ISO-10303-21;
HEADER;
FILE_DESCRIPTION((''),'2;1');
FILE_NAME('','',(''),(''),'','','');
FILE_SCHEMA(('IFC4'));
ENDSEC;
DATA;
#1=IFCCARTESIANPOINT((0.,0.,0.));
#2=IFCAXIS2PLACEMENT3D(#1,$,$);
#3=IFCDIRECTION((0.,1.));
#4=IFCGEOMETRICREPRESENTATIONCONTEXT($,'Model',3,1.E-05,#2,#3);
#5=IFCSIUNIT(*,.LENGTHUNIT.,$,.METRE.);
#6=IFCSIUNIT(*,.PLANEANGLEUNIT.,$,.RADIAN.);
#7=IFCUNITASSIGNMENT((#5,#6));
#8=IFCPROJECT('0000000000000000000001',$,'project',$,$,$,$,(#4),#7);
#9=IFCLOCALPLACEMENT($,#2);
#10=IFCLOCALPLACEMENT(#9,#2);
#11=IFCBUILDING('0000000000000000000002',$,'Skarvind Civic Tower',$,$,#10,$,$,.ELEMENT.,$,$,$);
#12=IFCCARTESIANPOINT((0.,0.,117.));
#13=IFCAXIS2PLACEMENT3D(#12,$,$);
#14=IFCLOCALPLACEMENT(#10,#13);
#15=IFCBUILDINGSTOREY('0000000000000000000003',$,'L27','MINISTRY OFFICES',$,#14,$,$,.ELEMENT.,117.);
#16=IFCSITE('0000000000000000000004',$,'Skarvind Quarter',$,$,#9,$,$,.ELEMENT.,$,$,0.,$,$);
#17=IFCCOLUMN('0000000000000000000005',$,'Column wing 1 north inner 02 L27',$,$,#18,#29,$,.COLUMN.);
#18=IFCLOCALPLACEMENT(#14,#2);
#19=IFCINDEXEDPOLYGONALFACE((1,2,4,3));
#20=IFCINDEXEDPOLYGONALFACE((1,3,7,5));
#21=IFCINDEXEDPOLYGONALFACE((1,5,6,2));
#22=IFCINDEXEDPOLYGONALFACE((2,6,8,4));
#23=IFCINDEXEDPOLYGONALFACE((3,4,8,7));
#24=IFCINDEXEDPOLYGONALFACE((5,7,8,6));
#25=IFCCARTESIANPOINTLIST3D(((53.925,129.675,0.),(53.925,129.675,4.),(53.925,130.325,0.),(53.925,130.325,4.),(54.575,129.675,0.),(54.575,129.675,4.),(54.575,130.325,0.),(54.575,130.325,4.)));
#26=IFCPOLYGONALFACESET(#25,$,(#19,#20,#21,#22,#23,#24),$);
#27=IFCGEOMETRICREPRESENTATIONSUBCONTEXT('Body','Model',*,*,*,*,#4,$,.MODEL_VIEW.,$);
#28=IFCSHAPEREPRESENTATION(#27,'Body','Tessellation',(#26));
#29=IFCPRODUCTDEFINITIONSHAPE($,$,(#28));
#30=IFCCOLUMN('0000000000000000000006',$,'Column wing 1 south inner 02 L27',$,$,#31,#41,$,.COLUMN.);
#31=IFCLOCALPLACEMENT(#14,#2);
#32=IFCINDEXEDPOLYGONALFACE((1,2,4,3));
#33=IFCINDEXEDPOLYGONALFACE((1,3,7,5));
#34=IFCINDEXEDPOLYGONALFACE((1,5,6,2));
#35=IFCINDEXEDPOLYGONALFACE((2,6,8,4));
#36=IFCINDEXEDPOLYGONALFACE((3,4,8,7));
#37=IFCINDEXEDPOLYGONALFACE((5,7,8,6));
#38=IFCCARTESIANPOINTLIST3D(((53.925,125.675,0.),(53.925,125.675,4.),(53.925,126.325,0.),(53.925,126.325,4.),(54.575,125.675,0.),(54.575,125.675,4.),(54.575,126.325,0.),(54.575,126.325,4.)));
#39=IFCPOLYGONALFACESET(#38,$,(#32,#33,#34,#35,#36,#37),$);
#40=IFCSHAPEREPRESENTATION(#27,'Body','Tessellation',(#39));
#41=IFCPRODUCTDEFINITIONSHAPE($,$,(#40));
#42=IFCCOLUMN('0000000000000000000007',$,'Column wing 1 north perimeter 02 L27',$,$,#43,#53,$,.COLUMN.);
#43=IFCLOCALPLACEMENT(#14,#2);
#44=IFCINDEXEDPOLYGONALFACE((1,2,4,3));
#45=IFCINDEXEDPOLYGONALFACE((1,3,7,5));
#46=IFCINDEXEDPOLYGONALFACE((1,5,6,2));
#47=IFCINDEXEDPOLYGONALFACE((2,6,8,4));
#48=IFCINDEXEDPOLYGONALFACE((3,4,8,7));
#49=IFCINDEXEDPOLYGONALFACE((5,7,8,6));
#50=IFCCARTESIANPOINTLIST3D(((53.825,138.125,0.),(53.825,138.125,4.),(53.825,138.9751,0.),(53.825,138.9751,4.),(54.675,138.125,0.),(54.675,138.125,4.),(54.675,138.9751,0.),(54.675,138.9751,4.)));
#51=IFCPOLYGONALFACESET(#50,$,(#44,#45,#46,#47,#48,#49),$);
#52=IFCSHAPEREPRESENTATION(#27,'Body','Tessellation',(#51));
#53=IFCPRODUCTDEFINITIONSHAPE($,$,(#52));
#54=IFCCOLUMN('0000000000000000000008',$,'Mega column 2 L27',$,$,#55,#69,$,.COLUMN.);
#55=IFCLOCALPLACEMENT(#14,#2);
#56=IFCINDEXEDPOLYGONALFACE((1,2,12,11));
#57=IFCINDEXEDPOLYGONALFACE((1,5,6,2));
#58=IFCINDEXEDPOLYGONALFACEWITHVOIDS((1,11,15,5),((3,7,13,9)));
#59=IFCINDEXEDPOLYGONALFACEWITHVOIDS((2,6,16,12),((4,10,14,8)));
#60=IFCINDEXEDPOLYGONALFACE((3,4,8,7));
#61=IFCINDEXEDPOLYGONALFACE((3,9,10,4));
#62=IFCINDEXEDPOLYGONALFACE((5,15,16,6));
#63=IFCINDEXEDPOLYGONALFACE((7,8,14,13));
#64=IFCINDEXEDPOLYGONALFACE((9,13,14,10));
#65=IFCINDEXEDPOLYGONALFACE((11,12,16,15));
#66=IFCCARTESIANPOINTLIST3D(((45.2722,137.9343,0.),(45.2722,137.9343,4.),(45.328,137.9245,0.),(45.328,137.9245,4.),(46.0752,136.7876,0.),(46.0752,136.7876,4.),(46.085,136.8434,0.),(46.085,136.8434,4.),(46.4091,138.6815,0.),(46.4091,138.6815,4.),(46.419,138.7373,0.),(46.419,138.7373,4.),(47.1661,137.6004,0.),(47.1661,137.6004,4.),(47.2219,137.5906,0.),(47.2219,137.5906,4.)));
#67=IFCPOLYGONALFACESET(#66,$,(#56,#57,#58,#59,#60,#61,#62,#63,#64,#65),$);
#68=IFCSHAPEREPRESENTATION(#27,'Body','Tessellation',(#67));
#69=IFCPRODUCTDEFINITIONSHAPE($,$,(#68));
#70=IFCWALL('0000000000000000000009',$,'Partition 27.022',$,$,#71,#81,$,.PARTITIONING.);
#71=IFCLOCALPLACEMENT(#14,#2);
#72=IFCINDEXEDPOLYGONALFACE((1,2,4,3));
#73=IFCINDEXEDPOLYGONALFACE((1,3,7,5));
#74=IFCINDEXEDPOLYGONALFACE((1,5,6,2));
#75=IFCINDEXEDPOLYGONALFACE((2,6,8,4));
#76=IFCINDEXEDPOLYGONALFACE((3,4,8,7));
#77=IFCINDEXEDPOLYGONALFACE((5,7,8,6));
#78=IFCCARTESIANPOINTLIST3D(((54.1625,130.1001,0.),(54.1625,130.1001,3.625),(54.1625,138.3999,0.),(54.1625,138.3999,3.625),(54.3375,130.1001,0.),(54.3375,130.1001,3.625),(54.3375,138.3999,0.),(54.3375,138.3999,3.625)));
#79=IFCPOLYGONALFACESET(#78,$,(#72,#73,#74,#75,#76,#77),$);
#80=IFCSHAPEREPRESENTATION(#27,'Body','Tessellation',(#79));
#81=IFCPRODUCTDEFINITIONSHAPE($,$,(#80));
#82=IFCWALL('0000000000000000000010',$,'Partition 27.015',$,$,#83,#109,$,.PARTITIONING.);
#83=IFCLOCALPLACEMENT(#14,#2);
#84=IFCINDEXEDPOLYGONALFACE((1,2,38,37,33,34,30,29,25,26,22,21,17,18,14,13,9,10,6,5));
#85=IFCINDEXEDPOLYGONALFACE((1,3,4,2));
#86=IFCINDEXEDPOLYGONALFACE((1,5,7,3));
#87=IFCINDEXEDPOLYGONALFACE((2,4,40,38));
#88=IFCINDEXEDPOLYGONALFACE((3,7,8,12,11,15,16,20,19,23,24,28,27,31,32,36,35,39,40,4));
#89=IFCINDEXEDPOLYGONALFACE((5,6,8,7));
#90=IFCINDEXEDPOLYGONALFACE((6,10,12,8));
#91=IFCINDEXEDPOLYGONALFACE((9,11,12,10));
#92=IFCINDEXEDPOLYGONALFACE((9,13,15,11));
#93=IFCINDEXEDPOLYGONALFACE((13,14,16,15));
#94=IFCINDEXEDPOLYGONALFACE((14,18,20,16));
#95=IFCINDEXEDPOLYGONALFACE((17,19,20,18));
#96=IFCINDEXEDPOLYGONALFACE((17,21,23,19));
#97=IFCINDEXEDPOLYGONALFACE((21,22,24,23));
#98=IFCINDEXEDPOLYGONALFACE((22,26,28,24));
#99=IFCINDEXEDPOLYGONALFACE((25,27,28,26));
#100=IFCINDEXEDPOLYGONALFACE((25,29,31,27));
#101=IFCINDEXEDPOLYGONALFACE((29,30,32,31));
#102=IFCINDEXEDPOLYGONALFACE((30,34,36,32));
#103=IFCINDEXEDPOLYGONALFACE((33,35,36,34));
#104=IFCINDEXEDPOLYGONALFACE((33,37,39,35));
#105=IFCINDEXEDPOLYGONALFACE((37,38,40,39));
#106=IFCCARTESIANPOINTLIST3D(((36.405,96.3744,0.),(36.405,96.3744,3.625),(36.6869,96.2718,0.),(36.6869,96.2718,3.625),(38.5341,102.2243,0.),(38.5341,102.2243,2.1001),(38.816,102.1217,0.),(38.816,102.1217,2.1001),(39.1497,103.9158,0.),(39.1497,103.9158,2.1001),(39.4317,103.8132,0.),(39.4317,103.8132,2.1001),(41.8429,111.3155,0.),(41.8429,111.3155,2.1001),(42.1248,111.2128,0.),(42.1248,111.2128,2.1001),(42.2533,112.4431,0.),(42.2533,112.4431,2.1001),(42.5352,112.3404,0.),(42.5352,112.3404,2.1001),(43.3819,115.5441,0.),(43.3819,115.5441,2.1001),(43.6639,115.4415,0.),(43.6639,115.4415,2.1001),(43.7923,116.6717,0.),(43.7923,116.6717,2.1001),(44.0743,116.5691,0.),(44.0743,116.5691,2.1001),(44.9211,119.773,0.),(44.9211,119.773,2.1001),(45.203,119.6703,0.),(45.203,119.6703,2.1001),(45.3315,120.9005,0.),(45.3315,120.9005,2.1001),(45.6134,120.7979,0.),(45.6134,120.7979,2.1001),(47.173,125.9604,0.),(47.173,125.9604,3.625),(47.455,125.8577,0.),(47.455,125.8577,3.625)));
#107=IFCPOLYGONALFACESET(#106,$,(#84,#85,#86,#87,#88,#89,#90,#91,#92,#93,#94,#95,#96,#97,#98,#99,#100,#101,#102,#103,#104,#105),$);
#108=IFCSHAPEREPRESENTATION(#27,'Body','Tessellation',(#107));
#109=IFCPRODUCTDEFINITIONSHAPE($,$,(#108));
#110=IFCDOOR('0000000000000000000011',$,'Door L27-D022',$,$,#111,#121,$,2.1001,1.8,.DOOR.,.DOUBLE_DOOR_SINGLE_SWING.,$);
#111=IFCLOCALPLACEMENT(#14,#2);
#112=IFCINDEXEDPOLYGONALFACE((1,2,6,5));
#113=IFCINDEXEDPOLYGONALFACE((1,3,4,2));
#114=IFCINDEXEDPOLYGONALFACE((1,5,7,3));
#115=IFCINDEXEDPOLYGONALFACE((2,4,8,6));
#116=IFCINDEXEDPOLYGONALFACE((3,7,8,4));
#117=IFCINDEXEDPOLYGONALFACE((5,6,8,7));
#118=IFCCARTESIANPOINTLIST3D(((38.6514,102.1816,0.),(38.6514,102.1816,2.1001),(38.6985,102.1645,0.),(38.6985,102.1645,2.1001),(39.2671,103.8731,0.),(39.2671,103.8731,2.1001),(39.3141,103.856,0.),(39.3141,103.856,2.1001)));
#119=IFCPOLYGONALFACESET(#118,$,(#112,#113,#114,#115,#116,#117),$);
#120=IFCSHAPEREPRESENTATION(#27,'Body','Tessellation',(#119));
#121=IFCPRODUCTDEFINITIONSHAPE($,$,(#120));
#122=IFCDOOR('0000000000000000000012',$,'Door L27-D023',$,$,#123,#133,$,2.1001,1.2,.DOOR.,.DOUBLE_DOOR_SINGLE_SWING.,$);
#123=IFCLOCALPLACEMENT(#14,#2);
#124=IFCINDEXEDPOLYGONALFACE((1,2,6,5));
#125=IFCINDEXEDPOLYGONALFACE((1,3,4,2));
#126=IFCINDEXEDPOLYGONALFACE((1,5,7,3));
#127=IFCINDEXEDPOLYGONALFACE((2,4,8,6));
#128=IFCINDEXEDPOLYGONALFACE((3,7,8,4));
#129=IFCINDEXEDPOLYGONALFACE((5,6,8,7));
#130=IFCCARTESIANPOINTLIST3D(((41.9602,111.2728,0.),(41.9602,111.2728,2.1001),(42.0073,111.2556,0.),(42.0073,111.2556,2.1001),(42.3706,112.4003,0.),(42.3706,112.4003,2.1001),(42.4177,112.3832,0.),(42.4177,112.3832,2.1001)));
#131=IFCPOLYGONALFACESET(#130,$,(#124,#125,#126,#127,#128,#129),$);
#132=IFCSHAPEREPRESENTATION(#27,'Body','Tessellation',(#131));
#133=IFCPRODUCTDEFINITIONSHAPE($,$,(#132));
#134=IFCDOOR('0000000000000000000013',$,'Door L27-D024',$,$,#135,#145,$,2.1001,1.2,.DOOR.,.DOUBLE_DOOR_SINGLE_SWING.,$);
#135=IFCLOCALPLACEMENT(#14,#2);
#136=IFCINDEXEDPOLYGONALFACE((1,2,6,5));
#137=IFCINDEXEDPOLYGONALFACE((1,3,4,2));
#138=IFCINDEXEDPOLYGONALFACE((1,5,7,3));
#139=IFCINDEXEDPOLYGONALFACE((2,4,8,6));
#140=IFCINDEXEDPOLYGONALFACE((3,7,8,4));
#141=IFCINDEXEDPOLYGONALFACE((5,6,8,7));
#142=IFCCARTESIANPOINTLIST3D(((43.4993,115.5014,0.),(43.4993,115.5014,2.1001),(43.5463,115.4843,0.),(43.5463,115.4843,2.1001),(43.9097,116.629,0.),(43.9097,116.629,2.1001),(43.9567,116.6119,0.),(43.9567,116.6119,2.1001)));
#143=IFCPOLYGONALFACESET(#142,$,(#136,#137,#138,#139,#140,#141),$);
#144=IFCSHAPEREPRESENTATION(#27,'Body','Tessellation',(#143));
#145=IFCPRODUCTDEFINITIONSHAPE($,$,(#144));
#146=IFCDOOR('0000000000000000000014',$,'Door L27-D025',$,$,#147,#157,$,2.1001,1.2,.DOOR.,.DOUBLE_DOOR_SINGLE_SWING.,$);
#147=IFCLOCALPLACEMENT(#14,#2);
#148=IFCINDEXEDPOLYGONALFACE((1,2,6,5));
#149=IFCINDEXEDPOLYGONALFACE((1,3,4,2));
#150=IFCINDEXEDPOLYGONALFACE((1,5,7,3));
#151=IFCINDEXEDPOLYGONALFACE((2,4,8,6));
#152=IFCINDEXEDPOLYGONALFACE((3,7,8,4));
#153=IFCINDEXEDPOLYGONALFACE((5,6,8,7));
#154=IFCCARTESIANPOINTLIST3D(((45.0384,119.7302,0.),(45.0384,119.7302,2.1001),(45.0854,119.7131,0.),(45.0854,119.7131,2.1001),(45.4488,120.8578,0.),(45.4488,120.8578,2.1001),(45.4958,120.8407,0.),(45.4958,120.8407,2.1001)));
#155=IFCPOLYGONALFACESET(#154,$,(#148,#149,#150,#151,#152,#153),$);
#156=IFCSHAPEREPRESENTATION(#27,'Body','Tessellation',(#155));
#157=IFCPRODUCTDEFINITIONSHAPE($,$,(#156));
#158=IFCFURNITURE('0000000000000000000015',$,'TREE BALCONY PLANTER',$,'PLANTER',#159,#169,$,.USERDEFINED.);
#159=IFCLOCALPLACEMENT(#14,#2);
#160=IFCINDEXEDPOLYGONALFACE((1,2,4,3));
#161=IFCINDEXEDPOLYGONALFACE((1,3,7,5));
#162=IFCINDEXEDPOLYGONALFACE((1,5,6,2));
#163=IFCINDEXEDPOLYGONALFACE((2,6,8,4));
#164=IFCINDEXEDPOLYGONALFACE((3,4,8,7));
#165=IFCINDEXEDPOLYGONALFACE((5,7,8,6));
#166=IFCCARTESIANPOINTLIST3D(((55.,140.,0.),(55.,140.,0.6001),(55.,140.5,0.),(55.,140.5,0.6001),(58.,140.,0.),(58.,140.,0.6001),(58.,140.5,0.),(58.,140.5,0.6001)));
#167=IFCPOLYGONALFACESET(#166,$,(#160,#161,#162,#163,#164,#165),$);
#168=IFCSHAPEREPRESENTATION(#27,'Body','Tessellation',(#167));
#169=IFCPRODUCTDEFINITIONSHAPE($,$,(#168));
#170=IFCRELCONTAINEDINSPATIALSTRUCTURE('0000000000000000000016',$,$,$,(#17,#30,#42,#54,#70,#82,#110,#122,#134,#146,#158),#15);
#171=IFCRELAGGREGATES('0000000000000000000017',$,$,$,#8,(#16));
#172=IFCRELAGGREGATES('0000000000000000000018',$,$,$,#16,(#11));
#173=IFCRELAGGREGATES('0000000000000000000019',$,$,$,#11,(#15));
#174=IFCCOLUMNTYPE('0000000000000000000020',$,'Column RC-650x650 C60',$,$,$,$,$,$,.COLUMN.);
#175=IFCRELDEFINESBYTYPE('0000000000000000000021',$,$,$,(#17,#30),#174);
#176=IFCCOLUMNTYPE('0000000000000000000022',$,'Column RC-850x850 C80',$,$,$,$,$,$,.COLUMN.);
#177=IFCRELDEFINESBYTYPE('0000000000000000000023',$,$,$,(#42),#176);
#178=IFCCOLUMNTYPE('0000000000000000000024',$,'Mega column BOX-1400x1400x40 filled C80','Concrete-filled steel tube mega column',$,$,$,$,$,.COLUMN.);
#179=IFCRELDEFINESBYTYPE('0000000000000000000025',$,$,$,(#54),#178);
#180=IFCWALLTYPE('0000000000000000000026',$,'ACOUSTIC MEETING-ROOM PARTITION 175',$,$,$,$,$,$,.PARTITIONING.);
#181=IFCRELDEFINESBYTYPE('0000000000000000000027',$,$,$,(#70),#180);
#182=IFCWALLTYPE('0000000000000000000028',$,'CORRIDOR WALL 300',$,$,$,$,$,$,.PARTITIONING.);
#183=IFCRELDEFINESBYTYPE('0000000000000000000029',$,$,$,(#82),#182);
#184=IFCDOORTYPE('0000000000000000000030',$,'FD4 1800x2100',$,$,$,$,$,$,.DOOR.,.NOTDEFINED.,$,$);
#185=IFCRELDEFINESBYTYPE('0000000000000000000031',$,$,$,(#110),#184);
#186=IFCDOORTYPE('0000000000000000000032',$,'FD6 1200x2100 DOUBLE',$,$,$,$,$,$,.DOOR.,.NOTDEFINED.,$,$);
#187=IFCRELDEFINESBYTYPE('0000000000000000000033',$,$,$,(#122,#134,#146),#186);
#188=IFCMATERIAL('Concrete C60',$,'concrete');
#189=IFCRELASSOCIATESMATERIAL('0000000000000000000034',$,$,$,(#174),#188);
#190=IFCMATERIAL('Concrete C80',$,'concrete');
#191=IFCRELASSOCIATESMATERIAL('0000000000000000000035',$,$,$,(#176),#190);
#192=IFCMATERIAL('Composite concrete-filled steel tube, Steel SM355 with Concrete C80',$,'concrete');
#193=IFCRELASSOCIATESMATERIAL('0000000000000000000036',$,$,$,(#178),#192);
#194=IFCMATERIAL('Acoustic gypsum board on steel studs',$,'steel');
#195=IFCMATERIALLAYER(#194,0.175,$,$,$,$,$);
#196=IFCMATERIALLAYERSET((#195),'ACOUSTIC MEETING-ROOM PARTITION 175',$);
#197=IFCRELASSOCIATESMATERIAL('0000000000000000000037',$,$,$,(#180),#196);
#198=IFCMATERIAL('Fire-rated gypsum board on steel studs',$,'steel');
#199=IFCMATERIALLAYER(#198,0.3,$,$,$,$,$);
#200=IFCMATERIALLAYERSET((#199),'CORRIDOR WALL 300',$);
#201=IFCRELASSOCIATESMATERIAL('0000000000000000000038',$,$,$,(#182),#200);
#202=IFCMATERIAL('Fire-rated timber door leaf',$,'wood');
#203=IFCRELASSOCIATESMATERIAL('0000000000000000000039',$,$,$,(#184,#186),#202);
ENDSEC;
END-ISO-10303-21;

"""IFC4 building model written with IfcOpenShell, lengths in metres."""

from ifc_helpers import new_model, si_unit, direction, frame, frame_2d, origin, origin_2d, place, context, subcontext, project, spatial, rectangle, hollow_rectangle, extrude, material, layer, layer_set, material_profile, profile_set, type_object, element, fill, save


model = new_model("IFC4")

# Units and contexts
model_context = context("Model", 3, precision=1e-05, world=origin(), true_north=direction((0.0, 1.0)))
body_context = subcontext(model_context, "Body", "Model", "MODEL_VIEW")
ifc_project = project(units=[si_unit("LENGTHUNIT", "METRE"), si_unit("PLANEANGLEUNIT", "RADIAN")], contexts=[model_context])

# Site, building, storey
site_placement = place(None, origin())
site = spatial("IfcSite", under=ifc_project, at=site_placement, Name="Skarvind Quarter", CompositionType="ELEMENT", RefElevation=0.0)
building_placement = place(site_placement, origin())
building = spatial("IfcBuilding", under=site, at=building_placement, Name="Skarvind Civic Tower", CompositionType="ELEMENT")
storey_placement = place(building_placement, frame((0.0, 0.0, 117.0)))
storey = spatial("IfcBuildingStorey", under=building, at=storey_placement, Name="L27", Description="MINISTRY OFFICES", CompositionType="ELEMENT", Elevation=117.0)

# Columns
ifc_material_1 = material(Name="Concrete C60", Category="concrete")
ifc_material_profile_1 = material_profile(ifc_material_1, rectangle(XDim=0.6499, YDim=0.6499, at=origin_2d()), Name="RC-650x650")
ifc_profile_set_1 = profile_set([ifc_material_profile_1], Name="Concrete C60")
column_type_1 = type_object("IfcColumnType", Name="Column RC-650x650 C60", PredefinedType="COLUMN", material=ifc_profile_set_1)
for number, where, z_axis, x_axis, name in (
    (1, (54.25, 130.0, 0.0), (0.0, 0.0, 1.0), (1.0, 0.0, 0.0), "Column wing 1 north inner 02 L27"),
    (2, (54.25, 126.0, 0.0), (0.0, 0.0, 1.0), (1.0, 0.0, 0.0), "Column wing 1 south inner 02 L27"),
):
    element("IfcColumn", number, at=place(storey_placement, frame(where, z_axis=z_axis, x_axis=x_axis)), inside=storey, type_object=column_type_1, Name=name, PredefinedType="COLUMN", context=body_context, shape_type="SweptSolid", body=[
        extrude(rectangle(XDim=0.6499, YDim=0.6499, at=origin_2d()), origin(), (0.0, 0.0, 1.0), 4.0),
    ])
ifc_material_2 = material(Name="Concrete C80", Category="concrete")
ifc_material_profile_2 = material_profile(ifc_material_2, rectangle(XDim=0.8501, YDim=0.8501, at=origin_2d()), Name="RC-850x850")
ifc_profile_set_2 = profile_set([ifc_material_profile_2], Name="Concrete C80")
column_type_2 = type_object("IfcColumnType", Name="Column RC-850x850 C80", PredefinedType="COLUMN", material=ifc_profile_set_2)
column_1_placement = place(storey_placement, frame((54.25, 138.55, 0.0), z_axis=(0.0, 0.0, 1.0), x_axis=(1.0, 0.0, 0.0)))
element("IfcColumn", 3, at=column_1_placement, inside=storey, type_object=column_type_2, Name="Column wing 1 north perimeter 02 L27", PredefinedType="COLUMN", context=body_context, shape_type="SweptSolid", body=[
    extrude(rectangle(XDim=0.8501, YDim=0.8501, at=origin_2d()), origin(), (0.0, 0.0, 1.0), 4.0),
])
ifc_material_3 = material(Name="Composite concrete-filled steel tube, Steel SM355 with Concrete C80", Category="concrete")
ifc_material_profile_3 = material_profile(ifc_material_3, hollow_rectangle(XDim=1.3999, YDim=1.3999, WallThickness=0.04, at=origin_2d()), Name="BOX-1400x1400x40")
ifc_profile_set_3 = profile_set([ifc_material_profile_3], Name="Composite concrete-filled steel tube, Steel SM355 with Concrete C80")
column_type_3 = type_object("IfcColumnType", Name="Mega column BOX-1400x1400x40 filled C80", Description="Concrete-filled steel tube mega column", PredefinedType="COLUMN", material=ifc_profile_set_3)
column_2_placement = place(storey_placement, frame((46.2471, 137.7625, 0.0), z_axis=(0.0, 0.0, 1.0), x_axis=(0.573576, -0.819152, 0.0)))
element("IfcColumn", 4, at=column_2_placement, inside=storey, type_object=column_type_3, Name="Mega column 2 L27", PredefinedType="COLUMN", context=body_context, shape_type="SweptSolid", body=[
    extrude(hollow_rectangle(XDim=1.3999, YDim=1.3999, WallThickness=0.04, at=origin_2d()), origin(), (0.0, 0.0, 1.0), 4.0),
])

# Wall
ifc_material_4 = material(Name="Acoustic gypsum board on steel studs", Category="steel")
ifc_layer_1 = layer(ifc_material_4, 0.175)
ifc_layer_set_1 = layer_set([ifc_layer_1], Name="ACOUSTIC MEETING-ROOM PARTITION 175")
wall_type_1 = type_object("IfcWallType", Name="ACOUSTIC MEETING-ROOM PARTITION 175", PredefinedType="PARTITIONING", material=ifc_layer_set_1)
wall_1_placement = place(storey_placement, frame((54.25, 138.3999, 0.0), z_axis=(0.0, 0.0, 1.0), x_axis=(0.0, -1.0, 0.0)))
element("IfcWall", 5, at=wall_1_placement, inside=storey, type_object=wall_type_1, Name="Partition 27.022", PredefinedType="PARTITIONING", context=body_context, shape_type="SweptSolid", body=[
    extrude(rectangle(XDim=8.2998, YDim=0.175, at=frame_2d((4.1499, 0.0))), origin(), (0.0, 0.0, 1.0), 3.625),
])

# Wall, openings, doors
ifc_material_5 = material(Name="Fire-rated gypsum board on steel studs", Category="steel")
ifc_layer_2 = layer(ifc_material_5, 0.3)
ifc_layer_set_2 = layer_set([ifc_layer_2], Name="CORRIDOR WALL 300")
wall_type_2 = type_object("IfcWallType", Name="CORRIDOR WALL 300", PredefinedType="PARTITIONING", material=ifc_layer_set_2)
wall_2_placement = place(storey_placement, frame((47.314, 125.9089, 0.0), z_axis=(0.0, 0.0, 1.0), x_axis=(-0.342011, -0.939696, 0.0)))
wall_2 = element("IfcWall", 6, at=wall_2_placement, inside=storey, type_object=wall_type_2, Name="Partition 27.015", PredefinedType="PARTITIONING", context=body_context, shape_type="SweptSolid", body=[
    extrude(rectangle(XDim=31.4846, YDim=0.3, at=frame_2d((15.7422, 0.0))), origin(), (0.0, 0.0, 1.0), 3.625),
])
opening_1_placement = place(wall_2_placement, frame((23.4592, 0.0, 0.0)))
opening_1 = element("IfcOpeningElement", 7, at=opening_1_placement, cuts=wall_2, PredefinedType="OPENING", context=body_context, shape_type="SweptSolid", body=[
    extrude(rectangle(XDim=1.8, YDim=2.1001, at=frame_2d((0.8999, 1.05))), frame((0.0, 0.1599, 0.0), z_axis=(0.0, -1.0, 0.0), x_axis=(1.0, 0.0, 0.0)), (0.0, 0.0, 1.0), 0.3201),
])
opening_2_placement = place(wall_2_placement, frame((14.3845, 0.0, 0.0)))
opening_2 = element("IfcOpeningElement", 8, at=opening_2_placement, cuts=wall_2, PredefinedType="OPENING", context=body_context, shape_type="SweptSolid", body=[
    extrude(rectangle(XDim=1.2, YDim=2.1001, at=frame_2d((0.6001, 1.05))), frame((0.0, 0.1599, 0.0), z_axis=(0.0, -1.0, 0.0), x_axis=(1.0, 0.0, 0.0)), (0.0, 0.0, 1.0), 0.3201),
])
opening_3_placement = place(wall_2_placement, frame((9.8845, 0.0, 0.0)))
opening_3 = element("IfcOpeningElement", 9, at=opening_3_placement, cuts=wall_2, PredefinedType="OPENING", context=body_context, shape_type="SweptSolid", body=[
    extrude(rectangle(XDim=1.2, YDim=2.1001, at=frame_2d((0.6001, 1.05))), frame((0.0, 0.1599, 0.0), z_axis=(0.0, -1.0, 0.0), x_axis=(1.0, 0.0, 0.0)), (0.0, 0.0, 1.0), 0.3201),
])
opening_4_placement = place(wall_2_placement, frame((5.3843, 0.0, 0.0)))
opening_4 = element("IfcOpeningElement", 10, at=opening_4_placement, cuts=wall_2, PredefinedType="OPENING", context=body_context, shape_type="SweptSolid", body=[
    extrude(rectangle(XDim=1.2, YDim=2.1001, at=frame_2d((0.6001, 1.05))), frame((0.0, 0.1599, 0.0), z_axis=(0.0, -1.0, 0.0), x_axis=(1.0, 0.0, 0.0)), (0.0, 0.0, 1.0), 0.3201),
])
ifc_material_6 = material(Name="Fire-rated timber door leaf", Category="wood")
door_type_1 = type_object("IfcDoorType", Name="FD4 1800x2100", OperationType="NOTDEFINED", PredefinedType="DOOR", material=ifc_material_6)
door_1_placement = place(opening_1_placement, origin())
door_1 = element("IfcDoor", 11, at=door_1_placement, inside=storey, type_object=door_type_1, Name="Door L27-D022", OperationType="DOUBLE_DOOR_SINGLE_SWING", OverallHeight=2.1001, OverallWidth=1.8, PredefinedType="DOOR", context=body_context, shape_type="SweptSolid", body=[
    extrude(rectangle(XDim=1.8, YDim=2.1001, at=frame_2d((0.8999, 1.05))), frame((0.0, 0.0249, 0.0), z_axis=(0.0, -1.0, 0.0), x_axis=(1.0, 0.0, 0.0)), (0.0, 0.0, 1.0), 0.05),
])
fill(opening_1, door_1)
door_type_2 = type_object("IfcDoorType", Name="FD6 1200x2100 DOUBLE", OperationType="NOTDEFINED", PredefinedType="DOOR", material=ifc_material_6)
door_2_placement = place(opening_2_placement, origin())
door_2 = element("IfcDoor", 12, at=door_2_placement, inside=storey, type_object=door_type_2, Name="Door L27-D023", OperationType="DOUBLE_DOOR_SINGLE_SWING", OverallHeight=2.1001, OverallWidth=1.2, PredefinedType="DOOR", context=body_context, shape_type="SweptSolid", body=[
    extrude(rectangle(XDim=1.2, YDim=2.1001, at=frame_2d((0.6001, 1.05))), frame((0.0, 0.0249, 0.0), z_axis=(0.0, -1.0, 0.0), x_axis=(1.0, 0.0, 0.0)), (0.0, 0.0, 1.0), 0.05),
])
fill(opening_2, door_2)
door_3_placement = place(opening_3_placement, origin())
door_3 = element("IfcDoor", 13, at=door_3_placement, inside=storey, type_object=door_type_2, Name="Door L27-D024", OperationType="DOUBLE_DOOR_SINGLE_SWING", OverallHeight=2.1001, OverallWidth=1.2, PredefinedType="DOOR", context=body_context, shape_type="SweptSolid", body=[
    extrude(rectangle(XDim=1.2, YDim=2.1001, at=frame_2d((0.6001, 1.05))), frame((0.0, 0.0249, 0.0), z_axis=(0.0, -1.0, 0.0), x_axis=(1.0, 0.0, 0.0)), (0.0, 0.0, 1.0), 0.05),
])
fill(opening_3, door_3)
door_4_placement = place(opening_4_placement, origin())
door_4 = element("IfcDoor", 14, at=door_4_placement, inside=storey, type_object=door_type_2, Name="Door L27-D025", OperationType="DOUBLE_DOOR_SINGLE_SWING", OverallHeight=2.1001, OverallWidth=1.2, PredefinedType="DOOR", context=body_context, shape_type="SweptSolid", body=[
    extrude(rectangle(XDim=1.2, YDim=2.1001, at=frame_2d((0.6001, 1.05))), frame((0.0, 0.0249, 0.0), z_axis=(0.0, -1.0, 0.0), x_axis=(1.0, 0.0, 0.0)), (0.0, 0.0, 1.0), 0.05),
])
fill(opening_4, door_4)

# Furniture
furniture_placement = place(storey_placement, frame((56.5, 140.25, 0.0), z_axis=(0.0, 0.0, 1.0), x_axis=(1.0, 0.0, 0.0)))
element("IfcFurniture", 15, at=furniture_placement, inside=storey, Name="TREE BALCONY PLANTER", ObjectType="PLANTER", PredefinedType="USERDEFINED", context=body_context, shape_type="SweptSolid", body=[
    extrude(rectangle(XDim=3.0, YDim=0.5, at=origin_2d()), origin(), (0.0, 0.0, 1.0), 0.6001),
])

save(model, "model.ifc")
